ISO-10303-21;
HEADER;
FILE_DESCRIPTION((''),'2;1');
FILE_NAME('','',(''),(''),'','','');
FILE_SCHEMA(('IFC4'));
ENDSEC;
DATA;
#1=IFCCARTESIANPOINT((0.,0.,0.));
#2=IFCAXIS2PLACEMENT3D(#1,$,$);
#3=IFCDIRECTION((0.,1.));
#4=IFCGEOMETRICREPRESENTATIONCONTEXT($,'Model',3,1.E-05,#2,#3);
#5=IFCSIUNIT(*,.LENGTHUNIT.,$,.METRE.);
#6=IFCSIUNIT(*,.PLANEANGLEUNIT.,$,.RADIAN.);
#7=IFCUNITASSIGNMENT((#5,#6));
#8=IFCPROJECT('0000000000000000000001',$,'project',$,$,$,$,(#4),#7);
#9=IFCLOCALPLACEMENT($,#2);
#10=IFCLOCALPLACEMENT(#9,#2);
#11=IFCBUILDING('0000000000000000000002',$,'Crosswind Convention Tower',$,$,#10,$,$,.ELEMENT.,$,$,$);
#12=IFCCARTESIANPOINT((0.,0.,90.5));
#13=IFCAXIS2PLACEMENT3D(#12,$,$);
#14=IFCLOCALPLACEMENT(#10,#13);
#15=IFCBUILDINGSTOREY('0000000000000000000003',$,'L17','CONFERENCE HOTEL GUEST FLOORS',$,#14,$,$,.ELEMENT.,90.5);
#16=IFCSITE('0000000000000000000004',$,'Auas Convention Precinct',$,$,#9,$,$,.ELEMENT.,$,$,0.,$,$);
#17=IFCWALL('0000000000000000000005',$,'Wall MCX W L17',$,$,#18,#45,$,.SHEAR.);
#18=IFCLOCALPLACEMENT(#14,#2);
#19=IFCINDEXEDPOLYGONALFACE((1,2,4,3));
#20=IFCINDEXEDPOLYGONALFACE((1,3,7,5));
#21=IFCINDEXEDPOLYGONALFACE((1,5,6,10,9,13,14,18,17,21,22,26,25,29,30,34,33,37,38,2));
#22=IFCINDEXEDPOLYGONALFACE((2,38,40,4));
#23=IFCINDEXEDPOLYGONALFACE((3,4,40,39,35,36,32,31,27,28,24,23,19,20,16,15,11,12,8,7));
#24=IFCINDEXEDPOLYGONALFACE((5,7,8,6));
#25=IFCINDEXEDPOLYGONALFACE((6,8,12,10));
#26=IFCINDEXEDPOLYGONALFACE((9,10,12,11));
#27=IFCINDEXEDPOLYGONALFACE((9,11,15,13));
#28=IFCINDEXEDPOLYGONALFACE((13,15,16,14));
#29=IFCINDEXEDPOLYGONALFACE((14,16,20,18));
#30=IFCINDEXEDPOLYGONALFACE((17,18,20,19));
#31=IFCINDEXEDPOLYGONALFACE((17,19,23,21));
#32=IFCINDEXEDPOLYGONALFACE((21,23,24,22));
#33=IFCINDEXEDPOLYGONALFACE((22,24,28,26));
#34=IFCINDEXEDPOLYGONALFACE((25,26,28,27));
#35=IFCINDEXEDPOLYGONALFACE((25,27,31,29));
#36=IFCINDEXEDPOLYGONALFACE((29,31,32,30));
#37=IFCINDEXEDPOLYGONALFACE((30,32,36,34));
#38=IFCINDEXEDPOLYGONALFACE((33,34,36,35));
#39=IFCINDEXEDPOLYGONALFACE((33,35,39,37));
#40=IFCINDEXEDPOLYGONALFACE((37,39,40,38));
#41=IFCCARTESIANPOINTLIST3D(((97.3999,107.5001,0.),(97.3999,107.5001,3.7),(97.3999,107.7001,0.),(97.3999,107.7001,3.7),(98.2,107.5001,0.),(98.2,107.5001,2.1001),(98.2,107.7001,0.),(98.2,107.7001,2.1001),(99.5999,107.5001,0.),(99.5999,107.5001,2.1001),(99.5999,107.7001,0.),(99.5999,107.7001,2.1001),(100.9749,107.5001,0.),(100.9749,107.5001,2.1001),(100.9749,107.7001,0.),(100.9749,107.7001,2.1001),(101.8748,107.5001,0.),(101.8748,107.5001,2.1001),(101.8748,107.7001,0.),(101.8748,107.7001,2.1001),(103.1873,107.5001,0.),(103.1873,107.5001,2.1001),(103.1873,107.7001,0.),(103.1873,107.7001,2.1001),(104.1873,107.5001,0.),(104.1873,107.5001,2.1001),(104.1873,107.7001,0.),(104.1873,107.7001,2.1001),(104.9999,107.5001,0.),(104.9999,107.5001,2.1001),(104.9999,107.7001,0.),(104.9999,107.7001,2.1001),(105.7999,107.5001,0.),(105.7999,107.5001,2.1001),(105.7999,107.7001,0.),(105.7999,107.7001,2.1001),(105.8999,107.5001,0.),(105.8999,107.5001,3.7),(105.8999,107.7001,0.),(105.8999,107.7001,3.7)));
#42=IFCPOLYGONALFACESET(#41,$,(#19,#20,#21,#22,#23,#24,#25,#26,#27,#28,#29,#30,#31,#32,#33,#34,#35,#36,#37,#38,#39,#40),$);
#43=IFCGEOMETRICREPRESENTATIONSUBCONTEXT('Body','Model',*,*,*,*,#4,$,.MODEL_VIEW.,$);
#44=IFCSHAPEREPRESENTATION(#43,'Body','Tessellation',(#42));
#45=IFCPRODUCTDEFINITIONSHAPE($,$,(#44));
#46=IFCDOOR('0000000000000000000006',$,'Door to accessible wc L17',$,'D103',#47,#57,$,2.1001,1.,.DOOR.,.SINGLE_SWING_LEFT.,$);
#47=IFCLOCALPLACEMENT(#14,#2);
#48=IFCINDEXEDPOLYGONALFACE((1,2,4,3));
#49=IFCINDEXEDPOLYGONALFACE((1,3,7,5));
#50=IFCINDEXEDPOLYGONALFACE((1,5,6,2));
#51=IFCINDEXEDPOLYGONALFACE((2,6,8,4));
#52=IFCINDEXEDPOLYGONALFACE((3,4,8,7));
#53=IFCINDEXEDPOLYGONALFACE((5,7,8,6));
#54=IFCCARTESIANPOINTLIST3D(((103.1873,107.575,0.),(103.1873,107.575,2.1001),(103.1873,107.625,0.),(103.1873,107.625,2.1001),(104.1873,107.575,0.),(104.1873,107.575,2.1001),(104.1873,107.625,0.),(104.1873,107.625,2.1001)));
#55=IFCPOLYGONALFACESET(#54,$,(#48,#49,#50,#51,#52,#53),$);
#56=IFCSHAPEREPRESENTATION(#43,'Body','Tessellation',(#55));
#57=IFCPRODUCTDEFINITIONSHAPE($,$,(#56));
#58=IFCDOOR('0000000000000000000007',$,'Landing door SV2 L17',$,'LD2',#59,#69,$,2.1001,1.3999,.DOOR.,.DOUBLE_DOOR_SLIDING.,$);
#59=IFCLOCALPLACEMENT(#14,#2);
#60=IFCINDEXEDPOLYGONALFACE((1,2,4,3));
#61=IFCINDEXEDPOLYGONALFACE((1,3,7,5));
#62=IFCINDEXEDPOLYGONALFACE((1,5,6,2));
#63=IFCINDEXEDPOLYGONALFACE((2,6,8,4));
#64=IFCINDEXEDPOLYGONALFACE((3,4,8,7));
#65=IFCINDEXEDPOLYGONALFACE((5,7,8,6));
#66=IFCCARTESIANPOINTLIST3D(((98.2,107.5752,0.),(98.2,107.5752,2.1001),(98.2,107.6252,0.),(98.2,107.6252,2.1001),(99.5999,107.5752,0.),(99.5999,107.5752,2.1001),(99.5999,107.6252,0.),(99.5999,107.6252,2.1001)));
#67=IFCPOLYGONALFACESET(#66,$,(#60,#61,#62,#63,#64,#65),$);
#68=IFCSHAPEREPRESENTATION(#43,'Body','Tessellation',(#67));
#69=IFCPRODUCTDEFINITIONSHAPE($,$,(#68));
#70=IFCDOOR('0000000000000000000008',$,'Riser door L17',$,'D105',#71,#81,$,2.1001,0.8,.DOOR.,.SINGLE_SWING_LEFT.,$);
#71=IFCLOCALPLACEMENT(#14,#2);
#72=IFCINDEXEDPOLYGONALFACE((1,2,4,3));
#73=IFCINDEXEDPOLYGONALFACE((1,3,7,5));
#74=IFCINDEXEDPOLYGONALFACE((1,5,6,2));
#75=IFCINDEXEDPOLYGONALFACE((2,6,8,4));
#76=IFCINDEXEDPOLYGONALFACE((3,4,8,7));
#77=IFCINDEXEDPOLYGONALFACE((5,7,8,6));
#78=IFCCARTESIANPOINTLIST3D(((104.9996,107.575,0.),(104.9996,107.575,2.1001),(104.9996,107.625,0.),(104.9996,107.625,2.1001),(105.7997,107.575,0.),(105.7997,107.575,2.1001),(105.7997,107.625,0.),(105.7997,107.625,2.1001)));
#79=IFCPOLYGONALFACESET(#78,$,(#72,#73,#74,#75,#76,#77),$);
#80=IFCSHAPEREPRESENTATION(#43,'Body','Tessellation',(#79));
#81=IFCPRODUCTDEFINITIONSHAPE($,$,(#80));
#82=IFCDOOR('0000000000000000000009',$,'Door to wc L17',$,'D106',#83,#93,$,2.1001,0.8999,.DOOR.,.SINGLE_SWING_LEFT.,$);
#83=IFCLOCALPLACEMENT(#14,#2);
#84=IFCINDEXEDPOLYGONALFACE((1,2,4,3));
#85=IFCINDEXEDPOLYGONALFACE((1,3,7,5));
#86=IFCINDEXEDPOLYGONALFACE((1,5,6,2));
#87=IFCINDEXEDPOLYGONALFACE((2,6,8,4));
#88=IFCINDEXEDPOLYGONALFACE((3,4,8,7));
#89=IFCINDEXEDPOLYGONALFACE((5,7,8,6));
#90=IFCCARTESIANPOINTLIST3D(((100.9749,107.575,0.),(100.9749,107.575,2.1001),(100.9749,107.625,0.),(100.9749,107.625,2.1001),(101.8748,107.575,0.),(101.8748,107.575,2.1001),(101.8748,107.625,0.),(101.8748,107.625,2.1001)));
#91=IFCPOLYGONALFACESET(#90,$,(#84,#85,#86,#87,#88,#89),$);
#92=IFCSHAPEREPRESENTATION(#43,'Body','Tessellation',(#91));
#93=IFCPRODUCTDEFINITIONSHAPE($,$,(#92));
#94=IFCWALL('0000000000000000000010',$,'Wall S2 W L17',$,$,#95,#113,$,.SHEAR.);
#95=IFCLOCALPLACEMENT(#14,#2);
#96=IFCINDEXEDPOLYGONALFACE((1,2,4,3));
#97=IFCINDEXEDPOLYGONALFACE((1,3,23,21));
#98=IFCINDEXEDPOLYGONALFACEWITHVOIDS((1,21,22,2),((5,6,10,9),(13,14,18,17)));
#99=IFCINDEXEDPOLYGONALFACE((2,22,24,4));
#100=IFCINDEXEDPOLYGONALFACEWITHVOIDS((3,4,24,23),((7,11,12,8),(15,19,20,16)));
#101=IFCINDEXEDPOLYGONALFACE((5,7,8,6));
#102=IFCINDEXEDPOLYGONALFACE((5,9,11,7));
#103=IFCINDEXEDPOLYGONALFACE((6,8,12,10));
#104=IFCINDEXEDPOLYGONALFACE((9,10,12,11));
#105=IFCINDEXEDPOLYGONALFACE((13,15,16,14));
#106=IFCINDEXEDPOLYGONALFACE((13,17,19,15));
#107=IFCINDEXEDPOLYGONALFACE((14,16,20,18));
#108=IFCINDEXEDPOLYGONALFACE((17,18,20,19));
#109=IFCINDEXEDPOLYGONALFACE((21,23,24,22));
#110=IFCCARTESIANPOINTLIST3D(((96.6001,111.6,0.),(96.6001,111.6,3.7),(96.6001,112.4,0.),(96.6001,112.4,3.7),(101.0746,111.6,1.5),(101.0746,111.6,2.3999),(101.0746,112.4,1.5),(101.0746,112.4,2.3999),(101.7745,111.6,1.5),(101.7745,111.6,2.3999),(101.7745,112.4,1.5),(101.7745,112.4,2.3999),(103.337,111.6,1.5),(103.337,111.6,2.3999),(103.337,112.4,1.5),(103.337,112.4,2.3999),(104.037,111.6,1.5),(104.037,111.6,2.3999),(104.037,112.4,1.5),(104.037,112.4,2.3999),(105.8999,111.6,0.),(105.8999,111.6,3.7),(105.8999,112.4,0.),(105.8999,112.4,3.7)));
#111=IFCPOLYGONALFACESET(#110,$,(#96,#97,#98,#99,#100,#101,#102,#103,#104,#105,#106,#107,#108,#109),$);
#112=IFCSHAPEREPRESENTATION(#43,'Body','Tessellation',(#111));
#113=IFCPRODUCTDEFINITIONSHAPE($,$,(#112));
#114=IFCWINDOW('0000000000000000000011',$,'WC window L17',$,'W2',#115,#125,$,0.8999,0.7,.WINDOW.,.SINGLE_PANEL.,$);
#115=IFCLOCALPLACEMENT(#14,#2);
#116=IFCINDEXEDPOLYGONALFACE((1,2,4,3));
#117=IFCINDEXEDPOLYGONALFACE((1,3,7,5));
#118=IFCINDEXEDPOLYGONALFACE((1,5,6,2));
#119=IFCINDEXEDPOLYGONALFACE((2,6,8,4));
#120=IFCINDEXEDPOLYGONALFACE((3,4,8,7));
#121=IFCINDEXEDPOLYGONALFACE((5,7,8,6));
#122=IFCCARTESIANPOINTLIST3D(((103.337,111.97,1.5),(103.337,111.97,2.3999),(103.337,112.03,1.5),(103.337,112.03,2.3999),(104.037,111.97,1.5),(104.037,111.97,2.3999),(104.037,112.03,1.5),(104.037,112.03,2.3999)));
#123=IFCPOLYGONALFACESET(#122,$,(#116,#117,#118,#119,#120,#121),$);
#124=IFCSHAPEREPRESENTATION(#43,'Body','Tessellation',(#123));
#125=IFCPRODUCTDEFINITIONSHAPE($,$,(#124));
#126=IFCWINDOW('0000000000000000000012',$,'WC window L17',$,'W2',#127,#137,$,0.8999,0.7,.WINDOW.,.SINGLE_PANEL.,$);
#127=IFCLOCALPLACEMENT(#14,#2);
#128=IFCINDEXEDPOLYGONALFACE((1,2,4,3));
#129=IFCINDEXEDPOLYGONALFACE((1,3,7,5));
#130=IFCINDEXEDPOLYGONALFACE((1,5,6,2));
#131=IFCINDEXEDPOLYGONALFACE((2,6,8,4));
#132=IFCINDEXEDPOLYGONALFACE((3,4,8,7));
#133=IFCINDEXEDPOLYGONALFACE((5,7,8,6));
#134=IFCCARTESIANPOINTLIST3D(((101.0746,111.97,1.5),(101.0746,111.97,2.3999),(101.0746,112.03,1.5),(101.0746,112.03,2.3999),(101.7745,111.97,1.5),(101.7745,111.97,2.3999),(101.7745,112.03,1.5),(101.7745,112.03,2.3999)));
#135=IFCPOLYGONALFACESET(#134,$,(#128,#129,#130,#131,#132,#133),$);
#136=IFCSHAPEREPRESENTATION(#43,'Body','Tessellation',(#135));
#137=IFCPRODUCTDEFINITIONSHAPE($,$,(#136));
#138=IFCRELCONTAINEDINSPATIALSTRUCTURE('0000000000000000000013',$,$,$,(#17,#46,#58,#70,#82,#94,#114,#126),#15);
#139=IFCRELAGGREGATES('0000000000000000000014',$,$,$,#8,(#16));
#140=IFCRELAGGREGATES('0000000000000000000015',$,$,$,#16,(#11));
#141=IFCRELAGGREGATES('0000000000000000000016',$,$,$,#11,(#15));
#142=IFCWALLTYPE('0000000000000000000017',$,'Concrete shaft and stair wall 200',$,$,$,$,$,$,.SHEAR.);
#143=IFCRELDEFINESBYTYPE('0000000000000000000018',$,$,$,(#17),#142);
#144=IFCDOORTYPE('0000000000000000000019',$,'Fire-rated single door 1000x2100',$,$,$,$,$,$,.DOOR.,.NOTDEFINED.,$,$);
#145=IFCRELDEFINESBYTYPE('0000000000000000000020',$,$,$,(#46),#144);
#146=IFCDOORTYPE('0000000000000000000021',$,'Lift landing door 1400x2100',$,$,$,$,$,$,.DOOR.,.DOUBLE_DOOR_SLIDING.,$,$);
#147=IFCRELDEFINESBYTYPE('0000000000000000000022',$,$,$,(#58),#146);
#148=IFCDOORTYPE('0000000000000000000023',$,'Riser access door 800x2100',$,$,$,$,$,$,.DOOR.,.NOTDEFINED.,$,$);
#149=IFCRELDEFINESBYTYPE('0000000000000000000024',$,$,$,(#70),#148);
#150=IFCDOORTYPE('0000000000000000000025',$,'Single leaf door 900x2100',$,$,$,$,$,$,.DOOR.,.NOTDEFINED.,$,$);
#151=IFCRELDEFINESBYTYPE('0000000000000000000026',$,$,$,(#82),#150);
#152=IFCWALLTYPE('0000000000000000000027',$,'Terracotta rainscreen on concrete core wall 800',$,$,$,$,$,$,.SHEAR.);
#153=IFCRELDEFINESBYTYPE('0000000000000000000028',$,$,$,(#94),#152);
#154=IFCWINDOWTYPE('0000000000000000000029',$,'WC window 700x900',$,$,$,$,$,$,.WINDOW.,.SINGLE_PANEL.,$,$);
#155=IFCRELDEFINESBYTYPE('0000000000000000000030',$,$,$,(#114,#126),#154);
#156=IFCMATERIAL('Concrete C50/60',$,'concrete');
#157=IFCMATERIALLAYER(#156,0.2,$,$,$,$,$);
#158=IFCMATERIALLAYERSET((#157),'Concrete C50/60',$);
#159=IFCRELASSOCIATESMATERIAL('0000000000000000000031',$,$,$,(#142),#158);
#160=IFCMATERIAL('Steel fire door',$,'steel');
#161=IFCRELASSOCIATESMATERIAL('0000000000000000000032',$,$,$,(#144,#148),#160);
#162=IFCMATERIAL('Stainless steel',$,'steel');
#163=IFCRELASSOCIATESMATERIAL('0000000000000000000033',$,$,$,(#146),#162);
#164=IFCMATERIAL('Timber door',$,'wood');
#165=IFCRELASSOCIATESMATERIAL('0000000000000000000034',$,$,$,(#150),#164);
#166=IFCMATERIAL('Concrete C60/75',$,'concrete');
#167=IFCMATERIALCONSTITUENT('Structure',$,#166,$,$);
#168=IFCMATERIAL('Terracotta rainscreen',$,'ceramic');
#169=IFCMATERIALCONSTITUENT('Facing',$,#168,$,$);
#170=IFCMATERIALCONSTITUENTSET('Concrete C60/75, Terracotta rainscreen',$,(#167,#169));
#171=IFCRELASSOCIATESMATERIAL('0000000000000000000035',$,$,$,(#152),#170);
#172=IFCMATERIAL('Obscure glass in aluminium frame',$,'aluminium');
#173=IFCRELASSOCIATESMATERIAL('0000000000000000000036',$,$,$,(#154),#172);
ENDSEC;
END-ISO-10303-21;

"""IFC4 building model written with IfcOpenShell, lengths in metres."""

from ifc_helpers import new_model, si_unit, direction, frame, frame_2d, origin, place, context, subcontext, project, spatial, rectangle, extrude, material, layer, layer_set, constituent, constituent_set, type_object, element, fill, save


model = new_model("IFC4")

# Units and contexts
model_context = context("Model", 3, precision=1e-05, world=origin(), true_north=direction((0.0, 1.0)))
body_context = subcontext(model_context, "Body", "Model", "MODEL_VIEW")
ifc_project = project(units=[si_unit("LENGTHUNIT", "METRE"), si_unit("PLANEANGLEUNIT", "RADIAN")], contexts=[model_context])

# Site, building, storey
site_placement = place(None, origin())
site = spatial("IfcSite", under=ifc_project, at=site_placement, Name="Auas Convention Precinct", CompositionType="ELEMENT", RefElevation=0.0)
building_placement = place(site_placement, origin())
building = spatial("IfcBuilding", under=site, at=building_placement, Name="Crosswind Convention Tower", CompositionType="ELEMENT")
storey_placement = place(building_placement, frame((0.0, 0.0, 90.5)))
storey = spatial("IfcBuildingStorey", under=building, at=storey_placement, Name="L17", Description="CONFERENCE HOTEL GUEST FLOORS", CompositionType="ELEMENT", Elevation=90.5)

# Shared definitions
ifc_material_1 = material(Name="Concrete C50/60", Category="concrete")

# Shared definitions
ifc_layer_1 = layer(ifc_material_1, 0.2)
ifc_layer_set_1 = layer_set([ifc_layer_1], Name="Concrete C50/60")
wall_type_1 = type_object("IfcWallType", Name="Concrete shaft and stair wall 200", PredefinedType="SHEAR", material=ifc_layer_set_1)

# Shared definitions
ifc_material_2 = material(Name="Steel fire door", Category="steel")

# Shared definitions
door_type_1 = type_object("IfcDoorType", Name="Fire-rated single door 1000x2100", OperationType="NOTDEFINED", PredefinedType="DOOR", material=ifc_material_2)

# Wall, openings, doors
wall_1_placement = place(storey_placement, frame((105.8999, 107.6001, 0.0), z_axis=(0.0, 0.0, 1.0), x_axis=(-1.0, 0.0, 0.0)))
wall_1 = element("IfcWall", 1, at=wall_1_placement, inside=storey, type_object=wall_type_1, Name="Wall MCX W L17", PredefinedType="SHEAR", context=body_context, shape_type="SweptSolid", body=[
    extrude(rectangle(XDim=8.5, YDim=0.2, at=frame_2d((4.25, 0.0))), origin(), (0.0, 0.0, 1.0), 3.7),
])
opening_1_placement = place(wall_1_placement, frame((0.1001, 0.0, 0.0)))
opening_1 = element("IfcOpeningElement", 2, at=opening_1_placement, cuts=wall_1, PredefinedType="OPENING", context=body_context, shape_type="SweptSolid", body=[
    extrude(rectangle(XDim=0.8, YDim=2.1001, at=frame_2d((0.3999, 1.05))), frame((0.0, 0.1099, 0.0), z_axis=(0.0, -1.0, 0.0), x_axis=(1.0, 0.0, 0.0)), (0.0, 0.0, 1.0), 0.22),
])
opening_2_placement = place(wall_1_placement, frame((1.7126, 0.0, 0.0)))
opening_2 = element("IfcOpeningElement", 3, at=opening_2_placement, cuts=wall_1, PredefinedType="OPENING", context=body_context, shape_type="SweptSolid", body=[
    extrude(rectangle(XDim=1.0, YDim=2.1001, at=frame_2d((0.5, 1.05))), frame((0.0, 0.1099, 0.0), z_axis=(0.0, -1.0, 0.0), x_axis=(1.0, 0.0, 0.0)), (0.0, 0.0, 1.0), 0.22),
])
opening_3_placement = place(wall_1_placement, frame((4.0251, 0.0, 0.0)))
opening_3 = element("IfcOpeningElement", 4, at=opening_3_placement, cuts=wall_1, PredefinedType="OPENING", context=body_context, shape_type="SweptSolid", body=[
    extrude(rectangle(XDim=0.8999, YDim=2.1001, at=frame_2d((0.45, 1.05))), frame((0.0, 0.1099, 0.0), z_axis=(0.0, -1.0, 0.0), x_axis=(1.0, 0.0, 0.0)), (0.0, 0.0, 1.0), 0.22),
])
opening_4_placement = place(wall_1_placement, frame((6.3, 0.0, 0.0)))
opening_4 = element("IfcOpeningElement", 5, at=opening_4_placement, cuts=wall_1, PredefinedType="OPENING", context=body_context, shape_type="SweptSolid", body=[
    extrude(rectangle(XDim=1.3999, YDim=2.1001, at=frame_2d((0.7, 1.05))), frame((0.0, 0.1099, 0.0), z_axis=(0.0, -1.0, 0.0), x_axis=(1.0, 0.0, 0.0)), (0.0, 0.0, 1.0), 0.22),
])
door_1_placement = place(opening_2_placement, frame((1.0, 0.0, 0.0), z_axis=(0.0, 0.0, 1.0), x_axis=(-1.0, 0.0, 0.0)))
door_1 = element("IfcDoor", 6, at=door_1_placement, inside=storey, type_object=door_type_1, Name="Door to accessible wc L17", ObjectType="D103", OperationType="SINGLE_SWING_LEFT", OverallHeight=2.1001, OverallWidth=1.0, PredefinedType="DOOR", context=body_context, shape_type="SweptSolid", body=[
    extrude(rectangle(XDim=1.0, YDim=2.1001, at=frame_2d((0.5, 1.05))), frame((0.0, 0.0249, 0.0), z_axis=(0.0, -1.0, 0.0), x_axis=(1.0, 0.0, 0.0)), (0.0, 0.0, 1.0), 0.05),
])
fill(opening_2, door_1)
ifc_material_3 = material(Name="Stainless steel", Category="steel")
door_type_2 = type_object("IfcDoorType", Name="Lift landing door 1400x2100", OperationType="DOUBLE_DOOR_SLIDING", PredefinedType="DOOR", material=ifc_material_3)
door_2_placement = place(opening_4_placement, origin())
door_2 = element("IfcDoor", 7, at=door_2_placement, inside=storey, type_object=door_type_2, Name="Landing door SV2 L17", ObjectType="LD2", OperationType="DOUBLE_DOOR_SLIDING", OverallHeight=2.1001, OverallWidth=1.3999, PredefinedType="DOOR", context=body_context, shape_type="SweptSolid", body=[
    extrude(rectangle(XDim=1.3999, YDim=2.1001, at=frame_2d((0.7, 1.05))), frame((0.0, 0.0249, 0.0), z_axis=(0.0, -1.0, 0.0), x_axis=(1.0, 0.0, 0.0)), (0.0, 0.0, 1.0), 0.05),
])
fill(opening_4, door_2)
door_type_3 = type_object("IfcDoorType", Name="Riser access door 800x2100", OperationType="NOTDEFINED", PredefinedType="DOOR", material=ifc_material_2)
door_3_placement = place(opening_1_placement, frame((0.8, 0.0, 0.0), z_axis=(0.0, 0.0, 1.0), x_axis=(-1.0, 0.0, 0.0)))
door_3 = element("IfcDoor", 8, at=door_3_placement, inside=storey, type_object=door_type_3, Name="Riser door L17", ObjectType="D105", OperationType="SINGLE_SWING_LEFT", OverallHeight=2.1001, OverallWidth=0.8, PredefinedType="DOOR", context=body_context, shape_type="SweptSolid", body=[
    extrude(rectangle(XDim=0.8, YDim=2.1001, at=frame_2d((0.3999, 1.05))), frame((0.0, 0.0249, 0.0), z_axis=(0.0, -1.0, 0.0), x_axis=(1.0, 0.0, 0.0)), (0.0, 0.0, 1.0), 0.05),
])
fill(opening_1, door_3)
ifc_material_4 = material(Name="Timber door", Category="wood")
door_type_4 = type_object("IfcDoorType", Name="Single leaf door 900x2100", OperationType="NOTDEFINED", PredefinedType="DOOR", material=ifc_material_4)
door_4_placement = place(opening_3_placement, frame((0.8999, 0.0, 0.0), z_axis=(0.0, 0.0, 1.0), x_axis=(-1.0, 0.0, 0.0)))
door_4 = element("IfcDoor", 9, at=door_4_placement, inside=storey, type_object=door_type_4, Name="Door to wc L17", ObjectType="D106", OperationType="SINGLE_SWING_LEFT", OverallHeight=2.1001, OverallWidth=0.8999, PredefinedType="DOOR", context=body_context, shape_type="SweptSolid", body=[
    extrude(rectangle(XDim=0.8999, YDim=2.1001, at=frame_2d((0.45, 1.05))), frame((0.0, 0.0249, 0.0), z_axis=(0.0, -1.0, 0.0), x_axis=(1.0, 0.0, 0.0)), (0.0, 0.0, 1.0), 0.05),
])
fill(opening_3, door_4)

# Wall, openings, windows
ifc_material_5 = material(Name="Concrete C60/75", Category="concrete")
ifc_constituent_1 = constituent(ifc_material_5, Name="Structure")
ifc_material_6 = material(Name="Terracotta rainscreen", Category="ceramic")
ifc_constituent_2 = constituent(ifc_material_6, Name="Facing")
ifc_constituent_set = constituent_set(constituents=[ifc_constituent_1, ifc_constituent_2], Name="Concrete C60/75, Terracotta rainscreen")
wall_type_2 = type_object("IfcWallType", Name="Terracotta rainscreen on concrete core wall 800", PredefinedType="SHEAR", material=ifc_constituent_set)
wall_2_placement = place(storey_placement, frame((105.8999, 112.0, 0.0), z_axis=(0.0, 0.0, 1.0), x_axis=(-1.0, 0.0, 0.0)))
wall_2 = element("IfcWall", 10, at=wall_2_placement, inside=storey, type_object=wall_type_2, Name="Wall S2 W L17", PredefinedType="SHEAR", context=body_context, shape_type="SweptSolid", body=[
    extrude(rectangle(XDim=9.2998, YDim=0.8, at=frame_2d((4.6499, 0.0))), origin(), (0.0, 0.0, 1.0), 3.7),
])
opening_5_placement = place(wall_2_placement, frame((1.8628, 0.0, 1.5)))
opening_5 = element("IfcOpeningElement", 11, at=opening_5_placement, cuts=wall_2, PredefinedType="OPENING", context=body_context, shape_type="SweptSolid", body=[
    extrude(rectangle(XDim=0.7, YDim=0.8999, at=frame_2d((0.3501, 0.45))), frame((0.0, 0.4099, 0.0), z_axis=(0.0, -1.0, 0.0), x_axis=(1.0, 0.0, 0.0)), (0.0, 0.0, 1.0), 0.8201),
])
opening_6_placement = place(wall_2_placement, frame((4.1252, 0.0, 1.5)))
opening_6 = element("IfcOpeningElement", 12, at=opening_6_placement, cuts=wall_2, PredefinedType="OPENING", context=body_context, shape_type="SweptSolid", body=[
    extrude(rectangle(XDim=0.7, YDim=0.8999, at=frame_2d((0.3501, 0.45))), frame((0.0, 0.4099, 0.0), z_axis=(0.0, -1.0, 0.0), x_axis=(1.0, 0.0, 0.0)), (0.0, 0.0, 1.0), 0.8201),
])
ifc_material_7 = material(Name="Obscure glass in aluminium frame", Category="aluminium")
window_type = type_object("IfcWindowType", Name="WC window 700x900", PartitioningType="SINGLE_PANEL", PredefinedType="WINDOW", material=ifc_material_7)
window_1_placement = place(opening_5_placement, origin())
window_1 = element("IfcWindow", 13, at=window_1_placement, inside=storey, type_object=window_type, Name="WC window L17", ObjectType="W2", OverallHeight=0.8999, OverallWidth=0.7, PartitioningType="SINGLE_PANEL", PredefinedType="WINDOW", context=body_context, shape_type="SweptSolid", body=[
    extrude(rectangle(XDim=0.7, YDim=0.8999, at=frame_2d((0.3501, 0.45))), frame((0.0, 0.03, 0.0), z_axis=(0.0, -1.0, 0.0), x_axis=(1.0, 0.0, 0.0)), (0.0, 0.0, 1.0), 0.0601),
])
fill(opening_5, window_1)
window_2_placement = place(opening_6_placement, origin())
window_2 = element("IfcWindow", 14, at=window_2_placement, inside=storey, type_object=window_type, Name="WC window L17", ObjectType="W2", OverallHeight=0.8999, OverallWidth=0.7, PartitioningType="SINGLE_PANEL", PredefinedType="WINDOW", context=body_context, shape_type="SweptSolid", body=[
    extrude(rectangle(XDim=0.7, YDim=0.8999, at=frame_2d((0.3501, 0.45))), frame((0.0, 0.03, 0.0), z_axis=(0.0, -1.0, 0.0), x_axis=(1.0, 0.0, 0.0)), (0.0, 0.0, 1.0), 0.0601),
])
fill(opening_6, window_2)

save(model, "model.ifc")
